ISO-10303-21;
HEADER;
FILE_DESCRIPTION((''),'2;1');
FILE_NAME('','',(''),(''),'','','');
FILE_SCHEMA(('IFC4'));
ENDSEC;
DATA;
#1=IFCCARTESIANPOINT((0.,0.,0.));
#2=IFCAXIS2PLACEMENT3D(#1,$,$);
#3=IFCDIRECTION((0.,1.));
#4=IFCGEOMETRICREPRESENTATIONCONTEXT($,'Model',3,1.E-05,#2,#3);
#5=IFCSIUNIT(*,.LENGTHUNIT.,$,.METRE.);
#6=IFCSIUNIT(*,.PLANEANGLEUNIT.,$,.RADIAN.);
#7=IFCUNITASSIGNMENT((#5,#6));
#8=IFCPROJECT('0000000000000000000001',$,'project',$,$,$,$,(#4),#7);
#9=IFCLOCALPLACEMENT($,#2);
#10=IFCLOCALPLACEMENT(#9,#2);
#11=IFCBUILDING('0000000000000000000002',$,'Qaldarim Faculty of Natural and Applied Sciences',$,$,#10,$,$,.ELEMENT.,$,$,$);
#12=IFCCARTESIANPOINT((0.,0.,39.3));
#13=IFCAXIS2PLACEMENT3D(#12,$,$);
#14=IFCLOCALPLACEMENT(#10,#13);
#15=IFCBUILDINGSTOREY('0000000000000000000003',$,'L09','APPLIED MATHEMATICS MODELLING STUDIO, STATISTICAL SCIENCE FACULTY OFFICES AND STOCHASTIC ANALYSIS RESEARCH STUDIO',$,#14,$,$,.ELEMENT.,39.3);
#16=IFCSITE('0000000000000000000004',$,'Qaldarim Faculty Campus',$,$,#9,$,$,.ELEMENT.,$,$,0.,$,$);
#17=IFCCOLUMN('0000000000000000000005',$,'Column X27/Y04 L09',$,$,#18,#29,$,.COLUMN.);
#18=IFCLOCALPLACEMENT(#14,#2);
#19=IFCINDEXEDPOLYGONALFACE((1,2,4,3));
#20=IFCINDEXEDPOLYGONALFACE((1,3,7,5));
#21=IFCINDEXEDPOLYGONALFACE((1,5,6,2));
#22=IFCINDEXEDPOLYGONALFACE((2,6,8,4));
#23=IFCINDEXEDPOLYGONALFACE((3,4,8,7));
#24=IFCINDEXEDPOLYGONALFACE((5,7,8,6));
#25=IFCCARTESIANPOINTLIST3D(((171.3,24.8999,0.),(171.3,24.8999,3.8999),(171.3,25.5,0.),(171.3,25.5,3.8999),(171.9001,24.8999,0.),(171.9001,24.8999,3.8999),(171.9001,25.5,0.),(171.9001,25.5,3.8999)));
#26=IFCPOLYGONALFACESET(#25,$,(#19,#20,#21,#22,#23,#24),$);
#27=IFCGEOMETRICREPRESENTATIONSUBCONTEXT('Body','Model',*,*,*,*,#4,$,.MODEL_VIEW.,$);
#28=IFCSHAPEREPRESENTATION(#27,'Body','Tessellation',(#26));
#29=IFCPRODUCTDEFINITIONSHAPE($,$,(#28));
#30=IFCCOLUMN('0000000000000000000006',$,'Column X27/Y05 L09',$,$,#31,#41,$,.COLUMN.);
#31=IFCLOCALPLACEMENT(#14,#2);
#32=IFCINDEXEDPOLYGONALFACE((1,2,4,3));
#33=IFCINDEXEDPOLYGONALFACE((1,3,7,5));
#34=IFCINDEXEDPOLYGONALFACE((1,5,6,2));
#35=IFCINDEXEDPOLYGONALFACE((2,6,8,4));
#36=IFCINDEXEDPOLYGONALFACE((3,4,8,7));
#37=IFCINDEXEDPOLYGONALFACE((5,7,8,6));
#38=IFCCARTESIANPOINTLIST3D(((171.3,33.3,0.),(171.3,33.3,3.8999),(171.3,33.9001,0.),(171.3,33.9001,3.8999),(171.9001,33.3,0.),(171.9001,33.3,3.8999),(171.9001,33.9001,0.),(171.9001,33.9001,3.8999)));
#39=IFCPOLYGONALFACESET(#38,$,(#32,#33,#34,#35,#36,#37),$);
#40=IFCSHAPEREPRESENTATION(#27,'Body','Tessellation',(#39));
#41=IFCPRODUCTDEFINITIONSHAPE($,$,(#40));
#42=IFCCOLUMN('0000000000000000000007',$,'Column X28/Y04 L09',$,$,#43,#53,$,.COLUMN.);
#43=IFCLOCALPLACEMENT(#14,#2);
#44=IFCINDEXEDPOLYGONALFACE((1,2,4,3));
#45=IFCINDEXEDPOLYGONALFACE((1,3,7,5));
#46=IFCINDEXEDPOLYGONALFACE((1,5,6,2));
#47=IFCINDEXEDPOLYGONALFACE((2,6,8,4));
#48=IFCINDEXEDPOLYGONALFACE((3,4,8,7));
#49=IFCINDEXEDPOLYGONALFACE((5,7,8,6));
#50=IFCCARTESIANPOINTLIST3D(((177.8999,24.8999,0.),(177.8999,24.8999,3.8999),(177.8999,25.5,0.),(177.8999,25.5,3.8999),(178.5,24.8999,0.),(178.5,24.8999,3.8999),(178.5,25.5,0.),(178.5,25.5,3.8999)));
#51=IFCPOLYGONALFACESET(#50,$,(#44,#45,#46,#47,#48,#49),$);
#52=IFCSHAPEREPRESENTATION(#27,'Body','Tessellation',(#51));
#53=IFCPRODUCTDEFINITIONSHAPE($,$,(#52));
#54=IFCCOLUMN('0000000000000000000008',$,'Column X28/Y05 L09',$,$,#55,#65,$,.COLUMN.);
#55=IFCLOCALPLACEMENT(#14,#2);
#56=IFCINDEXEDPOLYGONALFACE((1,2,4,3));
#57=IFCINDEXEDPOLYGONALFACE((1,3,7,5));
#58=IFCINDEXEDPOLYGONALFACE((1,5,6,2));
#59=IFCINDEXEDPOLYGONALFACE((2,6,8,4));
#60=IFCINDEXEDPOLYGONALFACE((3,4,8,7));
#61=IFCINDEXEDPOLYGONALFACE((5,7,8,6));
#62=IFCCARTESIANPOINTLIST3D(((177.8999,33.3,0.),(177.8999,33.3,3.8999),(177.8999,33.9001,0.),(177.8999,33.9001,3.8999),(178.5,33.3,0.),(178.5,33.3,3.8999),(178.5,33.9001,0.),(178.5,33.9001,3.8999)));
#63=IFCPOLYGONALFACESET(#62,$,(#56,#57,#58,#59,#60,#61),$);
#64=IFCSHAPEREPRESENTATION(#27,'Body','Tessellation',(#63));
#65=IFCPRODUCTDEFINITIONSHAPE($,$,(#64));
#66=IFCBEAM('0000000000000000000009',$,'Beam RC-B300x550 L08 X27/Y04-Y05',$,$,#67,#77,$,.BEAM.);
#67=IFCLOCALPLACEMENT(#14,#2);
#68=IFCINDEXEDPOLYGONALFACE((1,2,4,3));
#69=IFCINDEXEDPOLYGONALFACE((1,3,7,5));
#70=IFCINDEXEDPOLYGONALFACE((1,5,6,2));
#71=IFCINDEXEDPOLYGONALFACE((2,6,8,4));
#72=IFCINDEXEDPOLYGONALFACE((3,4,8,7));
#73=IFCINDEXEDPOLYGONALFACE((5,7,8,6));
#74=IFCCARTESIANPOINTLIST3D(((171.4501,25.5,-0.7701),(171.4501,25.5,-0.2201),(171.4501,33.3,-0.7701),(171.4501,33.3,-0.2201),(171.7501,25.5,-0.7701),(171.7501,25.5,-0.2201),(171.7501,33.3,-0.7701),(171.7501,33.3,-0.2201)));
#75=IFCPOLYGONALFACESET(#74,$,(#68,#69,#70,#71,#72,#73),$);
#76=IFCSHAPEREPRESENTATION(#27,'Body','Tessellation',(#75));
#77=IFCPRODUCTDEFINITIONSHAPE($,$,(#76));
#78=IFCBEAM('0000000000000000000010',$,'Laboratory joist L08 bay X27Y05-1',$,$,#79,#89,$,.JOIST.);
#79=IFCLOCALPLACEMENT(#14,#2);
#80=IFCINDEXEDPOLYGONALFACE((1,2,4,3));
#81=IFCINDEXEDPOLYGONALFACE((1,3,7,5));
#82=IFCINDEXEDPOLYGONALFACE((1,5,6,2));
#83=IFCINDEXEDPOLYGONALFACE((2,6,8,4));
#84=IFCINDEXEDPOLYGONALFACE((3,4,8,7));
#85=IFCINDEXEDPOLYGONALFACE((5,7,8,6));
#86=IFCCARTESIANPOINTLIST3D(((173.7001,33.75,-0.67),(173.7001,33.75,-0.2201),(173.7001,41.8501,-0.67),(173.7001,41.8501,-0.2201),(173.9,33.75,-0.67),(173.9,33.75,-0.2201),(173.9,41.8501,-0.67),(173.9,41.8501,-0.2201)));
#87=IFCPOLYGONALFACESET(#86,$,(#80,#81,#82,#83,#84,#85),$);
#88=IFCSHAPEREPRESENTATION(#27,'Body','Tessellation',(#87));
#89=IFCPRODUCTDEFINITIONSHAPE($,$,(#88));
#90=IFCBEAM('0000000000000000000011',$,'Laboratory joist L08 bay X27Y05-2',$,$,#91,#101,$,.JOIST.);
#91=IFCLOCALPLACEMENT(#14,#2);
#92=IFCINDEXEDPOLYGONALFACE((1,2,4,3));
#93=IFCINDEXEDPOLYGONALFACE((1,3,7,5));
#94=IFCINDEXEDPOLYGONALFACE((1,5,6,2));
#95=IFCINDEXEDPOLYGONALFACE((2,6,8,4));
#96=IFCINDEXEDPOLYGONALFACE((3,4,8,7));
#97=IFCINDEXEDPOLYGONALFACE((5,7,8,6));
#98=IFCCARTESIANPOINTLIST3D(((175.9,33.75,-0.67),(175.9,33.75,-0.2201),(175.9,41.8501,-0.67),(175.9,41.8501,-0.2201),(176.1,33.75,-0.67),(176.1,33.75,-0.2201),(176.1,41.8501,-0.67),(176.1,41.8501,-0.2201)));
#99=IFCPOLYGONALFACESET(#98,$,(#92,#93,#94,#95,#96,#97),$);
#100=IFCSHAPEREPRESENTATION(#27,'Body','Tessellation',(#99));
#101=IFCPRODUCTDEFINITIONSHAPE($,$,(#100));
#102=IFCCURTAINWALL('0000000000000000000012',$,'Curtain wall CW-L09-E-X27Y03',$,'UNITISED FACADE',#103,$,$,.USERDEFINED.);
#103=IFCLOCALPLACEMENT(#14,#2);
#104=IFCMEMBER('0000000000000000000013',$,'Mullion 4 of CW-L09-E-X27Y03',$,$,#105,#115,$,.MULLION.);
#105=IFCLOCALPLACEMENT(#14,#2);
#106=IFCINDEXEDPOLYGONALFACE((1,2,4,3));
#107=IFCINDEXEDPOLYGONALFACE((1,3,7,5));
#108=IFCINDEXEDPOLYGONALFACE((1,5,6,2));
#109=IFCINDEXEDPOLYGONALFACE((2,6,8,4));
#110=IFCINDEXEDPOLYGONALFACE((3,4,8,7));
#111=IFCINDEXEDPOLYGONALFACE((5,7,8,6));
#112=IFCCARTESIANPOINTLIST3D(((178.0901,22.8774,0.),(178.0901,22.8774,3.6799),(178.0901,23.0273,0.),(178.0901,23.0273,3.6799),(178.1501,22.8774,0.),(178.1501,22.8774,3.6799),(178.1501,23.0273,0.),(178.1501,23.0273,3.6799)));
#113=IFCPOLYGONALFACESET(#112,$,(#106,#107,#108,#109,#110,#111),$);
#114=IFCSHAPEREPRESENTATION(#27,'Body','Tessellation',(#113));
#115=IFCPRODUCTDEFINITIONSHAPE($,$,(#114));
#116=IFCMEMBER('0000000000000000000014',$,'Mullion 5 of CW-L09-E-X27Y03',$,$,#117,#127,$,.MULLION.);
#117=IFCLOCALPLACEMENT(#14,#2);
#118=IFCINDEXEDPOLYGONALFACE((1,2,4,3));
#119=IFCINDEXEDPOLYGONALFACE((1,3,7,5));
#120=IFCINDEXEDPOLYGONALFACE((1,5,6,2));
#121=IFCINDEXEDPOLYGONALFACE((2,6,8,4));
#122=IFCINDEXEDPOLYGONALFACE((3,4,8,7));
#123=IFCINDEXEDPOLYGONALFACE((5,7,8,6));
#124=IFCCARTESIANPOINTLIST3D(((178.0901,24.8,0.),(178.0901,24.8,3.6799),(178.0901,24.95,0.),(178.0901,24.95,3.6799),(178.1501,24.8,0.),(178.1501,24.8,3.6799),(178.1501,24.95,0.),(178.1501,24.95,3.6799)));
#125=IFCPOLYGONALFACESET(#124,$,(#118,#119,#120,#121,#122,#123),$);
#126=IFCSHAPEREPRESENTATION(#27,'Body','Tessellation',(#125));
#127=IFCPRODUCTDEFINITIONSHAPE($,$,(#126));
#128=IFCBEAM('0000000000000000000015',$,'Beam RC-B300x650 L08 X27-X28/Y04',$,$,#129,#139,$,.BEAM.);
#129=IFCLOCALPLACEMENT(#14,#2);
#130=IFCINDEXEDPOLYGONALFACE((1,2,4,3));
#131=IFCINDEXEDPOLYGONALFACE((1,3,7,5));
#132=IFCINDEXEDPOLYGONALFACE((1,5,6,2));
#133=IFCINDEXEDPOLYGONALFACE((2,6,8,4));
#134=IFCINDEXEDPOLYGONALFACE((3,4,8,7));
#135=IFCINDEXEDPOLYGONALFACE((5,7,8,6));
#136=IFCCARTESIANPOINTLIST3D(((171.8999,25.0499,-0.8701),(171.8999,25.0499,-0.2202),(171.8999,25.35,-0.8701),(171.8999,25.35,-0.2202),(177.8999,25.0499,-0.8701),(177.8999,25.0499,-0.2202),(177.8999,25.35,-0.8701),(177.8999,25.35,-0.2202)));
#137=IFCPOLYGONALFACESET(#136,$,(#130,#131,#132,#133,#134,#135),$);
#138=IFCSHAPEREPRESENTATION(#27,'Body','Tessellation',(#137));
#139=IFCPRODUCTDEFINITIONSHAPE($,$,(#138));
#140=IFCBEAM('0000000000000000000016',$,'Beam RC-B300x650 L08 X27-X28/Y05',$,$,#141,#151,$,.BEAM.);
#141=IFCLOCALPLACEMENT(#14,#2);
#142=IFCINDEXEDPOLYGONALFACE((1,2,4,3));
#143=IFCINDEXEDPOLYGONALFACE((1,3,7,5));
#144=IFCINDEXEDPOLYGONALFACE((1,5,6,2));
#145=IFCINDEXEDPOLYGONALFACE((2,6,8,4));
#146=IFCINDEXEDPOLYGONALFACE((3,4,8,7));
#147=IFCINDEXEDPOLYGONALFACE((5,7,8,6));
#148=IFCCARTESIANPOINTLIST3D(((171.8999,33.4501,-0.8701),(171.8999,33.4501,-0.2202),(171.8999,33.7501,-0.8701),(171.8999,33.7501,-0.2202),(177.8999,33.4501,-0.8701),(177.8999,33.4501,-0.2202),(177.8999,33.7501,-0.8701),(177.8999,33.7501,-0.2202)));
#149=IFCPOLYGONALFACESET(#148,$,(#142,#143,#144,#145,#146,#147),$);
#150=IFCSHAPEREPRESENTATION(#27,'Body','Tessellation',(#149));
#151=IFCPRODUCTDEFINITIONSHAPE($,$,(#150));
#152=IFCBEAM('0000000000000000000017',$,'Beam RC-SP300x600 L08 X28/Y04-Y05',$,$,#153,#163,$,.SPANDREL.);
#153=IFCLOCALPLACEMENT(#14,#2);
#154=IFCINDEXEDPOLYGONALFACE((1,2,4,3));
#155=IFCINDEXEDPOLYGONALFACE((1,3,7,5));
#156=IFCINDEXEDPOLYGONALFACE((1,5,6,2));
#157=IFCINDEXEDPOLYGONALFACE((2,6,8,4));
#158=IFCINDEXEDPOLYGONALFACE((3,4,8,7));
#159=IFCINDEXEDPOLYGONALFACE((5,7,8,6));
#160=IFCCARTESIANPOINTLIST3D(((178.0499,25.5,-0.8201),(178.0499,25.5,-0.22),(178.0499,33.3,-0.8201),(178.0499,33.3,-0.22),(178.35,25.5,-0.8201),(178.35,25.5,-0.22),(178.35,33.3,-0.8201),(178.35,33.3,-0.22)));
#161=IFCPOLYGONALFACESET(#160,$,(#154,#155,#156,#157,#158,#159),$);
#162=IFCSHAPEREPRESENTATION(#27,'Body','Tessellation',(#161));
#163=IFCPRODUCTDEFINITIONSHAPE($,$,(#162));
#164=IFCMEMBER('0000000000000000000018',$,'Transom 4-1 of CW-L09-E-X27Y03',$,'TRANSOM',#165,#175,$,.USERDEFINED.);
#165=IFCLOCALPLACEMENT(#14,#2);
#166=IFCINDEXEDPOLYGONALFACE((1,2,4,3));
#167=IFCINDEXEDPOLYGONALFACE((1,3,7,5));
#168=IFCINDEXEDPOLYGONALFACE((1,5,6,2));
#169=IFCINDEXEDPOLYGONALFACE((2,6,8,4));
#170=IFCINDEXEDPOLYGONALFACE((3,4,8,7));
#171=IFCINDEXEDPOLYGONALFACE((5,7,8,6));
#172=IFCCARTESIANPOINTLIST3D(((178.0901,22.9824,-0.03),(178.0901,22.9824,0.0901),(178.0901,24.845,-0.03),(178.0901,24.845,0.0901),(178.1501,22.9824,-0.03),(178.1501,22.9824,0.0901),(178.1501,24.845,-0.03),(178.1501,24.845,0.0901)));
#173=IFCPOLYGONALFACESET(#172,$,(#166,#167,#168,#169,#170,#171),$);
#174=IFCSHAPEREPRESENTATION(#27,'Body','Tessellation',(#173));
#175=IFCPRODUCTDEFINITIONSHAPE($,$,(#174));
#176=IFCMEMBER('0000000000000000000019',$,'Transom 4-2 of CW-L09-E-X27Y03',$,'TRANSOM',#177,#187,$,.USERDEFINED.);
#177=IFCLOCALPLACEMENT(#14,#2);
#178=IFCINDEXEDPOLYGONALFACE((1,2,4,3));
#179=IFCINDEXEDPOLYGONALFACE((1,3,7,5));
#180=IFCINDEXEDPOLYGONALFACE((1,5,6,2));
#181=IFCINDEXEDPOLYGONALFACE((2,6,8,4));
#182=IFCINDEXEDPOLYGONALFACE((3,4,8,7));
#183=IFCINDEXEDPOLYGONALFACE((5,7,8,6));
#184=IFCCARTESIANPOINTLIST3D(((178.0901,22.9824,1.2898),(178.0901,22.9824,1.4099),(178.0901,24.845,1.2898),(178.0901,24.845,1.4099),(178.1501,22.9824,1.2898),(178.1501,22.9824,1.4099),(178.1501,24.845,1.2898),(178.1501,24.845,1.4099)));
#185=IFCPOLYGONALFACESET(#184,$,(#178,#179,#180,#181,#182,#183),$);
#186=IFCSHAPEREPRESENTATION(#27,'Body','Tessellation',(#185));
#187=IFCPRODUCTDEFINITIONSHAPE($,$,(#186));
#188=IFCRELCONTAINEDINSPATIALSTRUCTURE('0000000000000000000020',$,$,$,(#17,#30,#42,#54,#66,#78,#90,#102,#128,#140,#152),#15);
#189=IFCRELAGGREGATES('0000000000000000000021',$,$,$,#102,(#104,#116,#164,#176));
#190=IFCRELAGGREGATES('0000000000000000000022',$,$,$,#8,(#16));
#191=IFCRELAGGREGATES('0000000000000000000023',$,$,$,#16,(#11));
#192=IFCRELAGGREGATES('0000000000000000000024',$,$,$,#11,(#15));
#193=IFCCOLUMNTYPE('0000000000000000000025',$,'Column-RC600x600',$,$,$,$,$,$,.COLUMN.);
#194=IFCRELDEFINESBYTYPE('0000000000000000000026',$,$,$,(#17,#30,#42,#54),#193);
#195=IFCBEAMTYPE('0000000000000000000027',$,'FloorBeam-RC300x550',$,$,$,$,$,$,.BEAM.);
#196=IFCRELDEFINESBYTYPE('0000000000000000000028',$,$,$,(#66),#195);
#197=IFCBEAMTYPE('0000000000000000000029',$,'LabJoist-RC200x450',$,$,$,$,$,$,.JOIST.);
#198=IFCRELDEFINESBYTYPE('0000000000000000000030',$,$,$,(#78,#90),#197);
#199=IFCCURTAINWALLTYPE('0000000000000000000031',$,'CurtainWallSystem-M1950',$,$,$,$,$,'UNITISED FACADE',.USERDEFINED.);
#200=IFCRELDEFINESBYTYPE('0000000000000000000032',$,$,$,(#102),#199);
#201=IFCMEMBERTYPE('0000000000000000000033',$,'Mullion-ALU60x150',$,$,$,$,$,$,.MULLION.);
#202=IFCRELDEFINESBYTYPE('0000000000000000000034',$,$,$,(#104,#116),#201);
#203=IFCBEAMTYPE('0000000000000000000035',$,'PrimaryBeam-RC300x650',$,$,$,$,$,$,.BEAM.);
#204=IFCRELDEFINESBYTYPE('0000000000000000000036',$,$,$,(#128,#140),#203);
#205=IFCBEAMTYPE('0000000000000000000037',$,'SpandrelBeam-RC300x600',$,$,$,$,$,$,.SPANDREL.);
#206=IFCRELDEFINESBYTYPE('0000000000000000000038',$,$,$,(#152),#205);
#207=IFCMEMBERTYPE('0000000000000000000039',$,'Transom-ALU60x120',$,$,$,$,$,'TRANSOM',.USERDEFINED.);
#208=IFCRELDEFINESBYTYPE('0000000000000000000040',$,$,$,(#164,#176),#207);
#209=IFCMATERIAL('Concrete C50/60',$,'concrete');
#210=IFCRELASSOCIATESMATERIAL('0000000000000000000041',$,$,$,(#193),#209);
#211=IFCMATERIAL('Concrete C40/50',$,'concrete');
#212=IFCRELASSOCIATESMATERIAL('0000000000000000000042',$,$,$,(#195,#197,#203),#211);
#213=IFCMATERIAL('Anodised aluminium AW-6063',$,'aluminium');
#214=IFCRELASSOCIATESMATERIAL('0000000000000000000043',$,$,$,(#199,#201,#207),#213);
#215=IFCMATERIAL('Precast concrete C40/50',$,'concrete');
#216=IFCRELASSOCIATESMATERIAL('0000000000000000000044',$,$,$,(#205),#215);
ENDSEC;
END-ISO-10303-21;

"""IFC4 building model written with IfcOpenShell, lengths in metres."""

from ifc_helpers import new_model, si_unit, direction, frame, origin, origin_2d, place, context, subcontext, project, spatial, rectangle, extrude, material, material_profile, profile_set, type_object, element, aggregate, save


model = new_model("IFC4")

# Units and contexts
model_context = context("Model", 3, precision=1e-05, world=origin(), true_north=direction((0.0, 1.0)))
body_context = subcontext(model_context, "Body", "Model", "MODEL_VIEW")
ifc_project = project(units=[si_unit("LENGTHUNIT", "METRE"), si_unit("PLANEANGLEUNIT", "RADIAN")], contexts=[model_context])

# Site, building, storey
site_placement = place(None, origin())
site = spatial("IfcSite", under=ifc_project, at=site_placement, Name="Qaldarim Faculty Campus", CompositionType="ELEMENT", RefElevation=0.0)
building_placement = place(site_placement, origin())
building = spatial("IfcBuilding", under=site, at=building_placement, Name="Qaldarim Faculty of Natural and Applied Sciences", CompositionType="ELEMENT")
storey_placement = place(building_placement, frame((0.0, 0.0, 39.3)))
storey = spatial("IfcBuildingStorey", under=building, at=storey_placement, Name="L09", Description="APPLIED MATHEMATICS MODELLING STUDIO, STATISTICAL SCIENCE FACULTY OFFICES AND STOCHASTIC ANALYSIS RESEARCH STUDIO", CompositionType="ELEMENT", Elevation=39.3)

# Columns
ifc_material_1 = material(Name="Concrete C50/60", Category="concrete")
ifc_material_profile_1 = material_profile(ifc_material_1, rectangle(XDim=0.6001, YDim=0.6001, at=origin_2d()), Name="RC-C600x600")
ifc_profile_set_1 = profile_set([ifc_material_profile_1], Name="Concrete C50/60")
column_type = type_object("IfcColumnType", Name="Column-RC600x600", PredefinedType="COLUMN", material=ifc_profile_set_1)
for number, where, z_axis, x_axis, name in (
    (1, (171.6001, 25.2, 0.0), (0.0, 0.0, 1.0), (1.0, 0.0, 0.0), "Column X27/Y04 L09"),
    (2, (171.6001, 33.6001, 0.0), (0.0, 0.0, 1.0), (1.0, 0.0, 0.0), "Column X27/Y05 L09"),
    (3, (178.2, 25.2, 0.0), (0.0, 0.0, 1.0), (1.0, 0.0, 0.0), "Column X28/Y04 L09"),
    (4, (178.2, 33.6001, 0.0), (0.0, 0.0, 1.0), (1.0, 0.0, 0.0), "Column X28/Y05 L09"),
):
    element("IfcColumn", number, at=place(storey_placement, frame(where, z_axis=z_axis, x_axis=x_axis)), inside=storey, type_object=column_type, Name=name, PredefinedType="COLUMN", context=body_context, shape_type="SweptSolid", body=[
        extrude(rectangle(XDim=0.6001, YDim=0.6001, at=origin_2d()), origin(), (0.0, 0.0, 1.0), 3.8999),
    ])

# Beams
ifc_material_2 = material(Name="Concrete C40/50", Category="concrete")
ifc_material_profile_2 = material_profile(ifc_material_2, rectangle(XDim=0.3, YDim=0.55, at=origin_2d()), Name="RC-B300x550")
ifc_profile_set_2 = profile_set([ifc_material_profile_2], Name="Concrete C40/50")
beam_type_1 = type_object("IfcBeamType", Name="FloorBeam-RC300x550", PredefinedType="BEAM", material=ifc_profile_set_2)
beam_1_placement = place(storey_placement, frame((171.6001, 25.5, -0.4951), z_axis=(0.0, 1.0, 0.0), x_axis=(-1.0, 0.0, 0.0)))
element("IfcBeam", 5, at=beam_1_placement, inside=storey, type_object=beam_type_1, Name="Beam RC-B300x550 L08 X27/Y04-Y05", PredefinedType="BEAM", context=body_context, shape_type="SweptSolid", body=[
    extrude(rectangle(XDim=0.3, YDim=0.55, at=origin_2d()), origin(), (0.0, 0.0, 1.0), 7.8),
])
ifc_material_profile_3 = material_profile(ifc_material_2, rectangle(XDim=0.2, YDim=0.45, at=origin_2d()), Name="RC-J200x450")
ifc_profile_set_3 = profile_set([ifc_material_profile_3], Name="Concrete C40/50")
beam_type_2 = type_object("IfcBeamType", Name="LabJoist-RC200x450", PredefinedType="JOIST", material=ifc_profile_set_3)
for number, where, z_axis, x_axis, name in (
    (6, (173.8, 33.75, -0.4451), (0.0, 1.0, 0.0), (-1.0, 0.0, 0.0), "Laboratory joist L08 bay X27Y05-1"),
    (7, (176.0, 33.75, -0.4451), (0.0, 1.0, 0.0), (-1.0, 0.0, 0.0), "Laboratory joist L08 bay X27Y05-2"),
):
    element("IfcBeam", number, at=place(storey_placement, frame(where, z_axis=z_axis, x_axis=x_axis)), inside=storey, type_object=beam_type_2, Name=name, PredefinedType="JOIST", context=body_context, shape_type="SweptSolid", body=[
        extrude(rectangle(XDim=0.2, YDim=0.45, at=origin_2d()), origin(), (0.0, 0.0, 1.0), 8.1001),
    ])

# Curtain wall, members
ifc_material_3 = material(Name="Anodised aluminium AW-6063", Category="aluminium")
curtain_wall_type = type_object("IfcCurtainWallType", Name="CurtainWallSystem-M1950", ElementType="UNITISED FACADE", PredefinedType="USERDEFINED", material=ifc_material_3)
curtain_wall_placement = place(storey_placement, origin())
curtain_wall = element("IfcCurtainWall", 8, at=curtain_wall_placement, inside=storey, type_object=curtain_wall_type, Name="Curtain wall CW-L09-E-X27Y03", ObjectType="UNITISED FACADE", PredefinedType="USERDEFINED")
ifc_material_profile_4 = material_profile(ifc_material_3, rectangle(XDim=0.0601, YDim=0.1499, at=origin_2d()), Name="ALU-M60x150")
ifc_profile_set_4 = profile_set([ifc_material_profile_4], Name="Anodised aluminium AW-6063")
member_type_1 = type_object("IfcMemberType", Name="Mullion-ALU60x150", PredefinedType="MULLION", material=ifc_profile_set_4)
member_1_placement = place(storey_placement, frame((178.1201, 22.9524, 0.0), z_axis=(0.0, 0.0, 1.0), x_axis=(-1.0, 0.0, 0.0)))
member_1 = element("IfcMember", 9, at=member_1_placement, type_object=member_type_1, Name="Mullion 4 of CW-L09-E-X27Y03", PredefinedType="MULLION", context=body_context, shape_type="SweptSolid", body=[
    extrude(rectangle(XDim=0.0601, YDim=0.1499, at=origin_2d()), origin(), (0.0, 0.0, 1.0), 3.6799),
])
member_2_placement = place(storey_placement, frame((178.1201, 24.875, 0.0), z_axis=(0.0, 0.0, 1.0), x_axis=(-1.0, 0.0, 0.0)))
member_2 = element("IfcMember", 10, at=member_2_placement, type_object=member_type_1, Name="Mullion 5 of CW-L09-E-X27Y03", PredefinedType="MULLION", context=body_context, shape_type="SweptSolid", body=[
    extrude(rectangle(XDim=0.0601, YDim=0.1499, at=origin_2d()), origin(), (0.0, 0.0, 1.0), 3.6799),
])

# Beams
ifc_material_profile_5 = material_profile(ifc_material_2, rectangle(XDim=0.3, YDim=0.6499, at=origin_2d()), Name="RC-B300x650")
ifc_profile_set_5 = profile_set([ifc_material_profile_5], Name="Concrete C40/50")
beam_type_3 = type_object("IfcBeamType", Name="PrimaryBeam-RC300x650", PredefinedType="BEAM", material=ifc_profile_set_5)
for number, where, z_axis, x_axis, name in (
    (11, (171.8999, 25.2, -0.5452), (1.0, 0.0, 0.0), (0.0, 1.0, 0.0), "Beam RC-B300x650 L08 X27-X28/Y04"),
    (12, (171.8999, 33.6001, -0.5452), (1.0, 0.0, 0.0), (0.0, 1.0, 0.0), "Beam RC-B300x650 L08 X27-X28/Y05"),
):
    element("IfcBeam", number, at=place(storey_placement, frame(where, z_axis=z_axis, x_axis=x_axis)), inside=storey, type_object=beam_type_3, Name=name, PredefinedType="BEAM", context=body_context, shape_type="SweptSolid", body=[
        extrude(rectangle(XDim=0.3, YDim=0.6499, at=origin_2d()), origin(), (0.0, 0.0, 1.0), 6.0),
    ])
ifc_material_4 = material(Name="Precast concrete C40/50", Category="concrete")
ifc_material_profile_6 = material_profile(ifc_material_4, rectangle(XDim=0.3, YDim=0.6001, at=origin_2d()), Name="RC-SP300x600")
ifc_profile_set_6 = profile_set([ifc_material_profile_6], Name="Precast concrete C40/50")
beam_type_4 = type_object("IfcBeamType", Name="SpandrelBeam-RC300x600", PredefinedType="SPANDREL", material=ifc_profile_set_6)
beam_2_placement = place(storey_placement, frame((178.2, 25.5, -0.52), z_axis=(0.0, 1.0, 0.0), x_axis=(-1.0, 0.0, 0.0)))
element("IfcBeam", 13, at=beam_2_placement, inside=storey, type_object=beam_type_4, Name="Beam RC-SP300x600 L08 X28/Y04-Y05", PredefinedType="SPANDREL", context=body_context, shape_type="SweptSolid", body=[
    extrude(rectangle(XDim=0.3, YDim=0.6001, at=origin_2d()), origin(), (0.0, 0.0, 1.0), 7.8),
])

# Members
ifc_material_profile_7 = material_profile(ifc_material_3, rectangle(XDim=0.0601, YDim=0.1201, at=origin_2d()), Name="ALU-T60x120")
ifc_profile_set_7 = profile_set([ifc_material_profile_7], Name="Anodised aluminium AW-6063")
member_type_2 = type_object("IfcMemberType", Name="Transom-ALU60x120", ElementType="TRANSOM", PredefinedType="USERDEFINED", material=ifc_profile_set_7)
member_3_placement = place(storey_placement, frame((178.1201, 22.9824, 0.03), z_axis=(0.0, 1.0, 0.0), x_axis=(-1.0, 0.0, 0.0)))
member_3 = element("IfcMember", 14, at=member_3_placement, type_object=member_type_2, Name="Transom 4-1 of CW-L09-E-X27Y03", ObjectType="TRANSOM", PredefinedType="USERDEFINED", context=body_context, shape_type="SweptSolid", body=[
    extrude(rectangle(XDim=0.0601, YDim=0.1201, at=origin_2d()), origin(), (0.0, 0.0, 1.0), 1.8625),
])
member_4_placement = place(storey_placement, frame((178.1201, 22.9824, 1.3499), z_axis=(0.0, 1.0, 0.0), x_axis=(-1.0, 0.0, 0.0)))
member_4 = element("IfcMember", 15, at=member_4_placement, type_object=member_type_2, Name="Transom 4-2 of CW-L09-E-X27Y03", ObjectType="TRANSOM", PredefinedType="USERDEFINED", context=body_context, shape_type="SweptSolid", body=[
    extrude(rectangle(XDim=0.0601, YDim=0.1201, at=origin_2d()), origin(), (0.0, 0.0, 1.0), 1.8625),
])

aggregate(curtain_wall, [member_1, member_2, member_3, member_4])

save(model, "model.ifc")
